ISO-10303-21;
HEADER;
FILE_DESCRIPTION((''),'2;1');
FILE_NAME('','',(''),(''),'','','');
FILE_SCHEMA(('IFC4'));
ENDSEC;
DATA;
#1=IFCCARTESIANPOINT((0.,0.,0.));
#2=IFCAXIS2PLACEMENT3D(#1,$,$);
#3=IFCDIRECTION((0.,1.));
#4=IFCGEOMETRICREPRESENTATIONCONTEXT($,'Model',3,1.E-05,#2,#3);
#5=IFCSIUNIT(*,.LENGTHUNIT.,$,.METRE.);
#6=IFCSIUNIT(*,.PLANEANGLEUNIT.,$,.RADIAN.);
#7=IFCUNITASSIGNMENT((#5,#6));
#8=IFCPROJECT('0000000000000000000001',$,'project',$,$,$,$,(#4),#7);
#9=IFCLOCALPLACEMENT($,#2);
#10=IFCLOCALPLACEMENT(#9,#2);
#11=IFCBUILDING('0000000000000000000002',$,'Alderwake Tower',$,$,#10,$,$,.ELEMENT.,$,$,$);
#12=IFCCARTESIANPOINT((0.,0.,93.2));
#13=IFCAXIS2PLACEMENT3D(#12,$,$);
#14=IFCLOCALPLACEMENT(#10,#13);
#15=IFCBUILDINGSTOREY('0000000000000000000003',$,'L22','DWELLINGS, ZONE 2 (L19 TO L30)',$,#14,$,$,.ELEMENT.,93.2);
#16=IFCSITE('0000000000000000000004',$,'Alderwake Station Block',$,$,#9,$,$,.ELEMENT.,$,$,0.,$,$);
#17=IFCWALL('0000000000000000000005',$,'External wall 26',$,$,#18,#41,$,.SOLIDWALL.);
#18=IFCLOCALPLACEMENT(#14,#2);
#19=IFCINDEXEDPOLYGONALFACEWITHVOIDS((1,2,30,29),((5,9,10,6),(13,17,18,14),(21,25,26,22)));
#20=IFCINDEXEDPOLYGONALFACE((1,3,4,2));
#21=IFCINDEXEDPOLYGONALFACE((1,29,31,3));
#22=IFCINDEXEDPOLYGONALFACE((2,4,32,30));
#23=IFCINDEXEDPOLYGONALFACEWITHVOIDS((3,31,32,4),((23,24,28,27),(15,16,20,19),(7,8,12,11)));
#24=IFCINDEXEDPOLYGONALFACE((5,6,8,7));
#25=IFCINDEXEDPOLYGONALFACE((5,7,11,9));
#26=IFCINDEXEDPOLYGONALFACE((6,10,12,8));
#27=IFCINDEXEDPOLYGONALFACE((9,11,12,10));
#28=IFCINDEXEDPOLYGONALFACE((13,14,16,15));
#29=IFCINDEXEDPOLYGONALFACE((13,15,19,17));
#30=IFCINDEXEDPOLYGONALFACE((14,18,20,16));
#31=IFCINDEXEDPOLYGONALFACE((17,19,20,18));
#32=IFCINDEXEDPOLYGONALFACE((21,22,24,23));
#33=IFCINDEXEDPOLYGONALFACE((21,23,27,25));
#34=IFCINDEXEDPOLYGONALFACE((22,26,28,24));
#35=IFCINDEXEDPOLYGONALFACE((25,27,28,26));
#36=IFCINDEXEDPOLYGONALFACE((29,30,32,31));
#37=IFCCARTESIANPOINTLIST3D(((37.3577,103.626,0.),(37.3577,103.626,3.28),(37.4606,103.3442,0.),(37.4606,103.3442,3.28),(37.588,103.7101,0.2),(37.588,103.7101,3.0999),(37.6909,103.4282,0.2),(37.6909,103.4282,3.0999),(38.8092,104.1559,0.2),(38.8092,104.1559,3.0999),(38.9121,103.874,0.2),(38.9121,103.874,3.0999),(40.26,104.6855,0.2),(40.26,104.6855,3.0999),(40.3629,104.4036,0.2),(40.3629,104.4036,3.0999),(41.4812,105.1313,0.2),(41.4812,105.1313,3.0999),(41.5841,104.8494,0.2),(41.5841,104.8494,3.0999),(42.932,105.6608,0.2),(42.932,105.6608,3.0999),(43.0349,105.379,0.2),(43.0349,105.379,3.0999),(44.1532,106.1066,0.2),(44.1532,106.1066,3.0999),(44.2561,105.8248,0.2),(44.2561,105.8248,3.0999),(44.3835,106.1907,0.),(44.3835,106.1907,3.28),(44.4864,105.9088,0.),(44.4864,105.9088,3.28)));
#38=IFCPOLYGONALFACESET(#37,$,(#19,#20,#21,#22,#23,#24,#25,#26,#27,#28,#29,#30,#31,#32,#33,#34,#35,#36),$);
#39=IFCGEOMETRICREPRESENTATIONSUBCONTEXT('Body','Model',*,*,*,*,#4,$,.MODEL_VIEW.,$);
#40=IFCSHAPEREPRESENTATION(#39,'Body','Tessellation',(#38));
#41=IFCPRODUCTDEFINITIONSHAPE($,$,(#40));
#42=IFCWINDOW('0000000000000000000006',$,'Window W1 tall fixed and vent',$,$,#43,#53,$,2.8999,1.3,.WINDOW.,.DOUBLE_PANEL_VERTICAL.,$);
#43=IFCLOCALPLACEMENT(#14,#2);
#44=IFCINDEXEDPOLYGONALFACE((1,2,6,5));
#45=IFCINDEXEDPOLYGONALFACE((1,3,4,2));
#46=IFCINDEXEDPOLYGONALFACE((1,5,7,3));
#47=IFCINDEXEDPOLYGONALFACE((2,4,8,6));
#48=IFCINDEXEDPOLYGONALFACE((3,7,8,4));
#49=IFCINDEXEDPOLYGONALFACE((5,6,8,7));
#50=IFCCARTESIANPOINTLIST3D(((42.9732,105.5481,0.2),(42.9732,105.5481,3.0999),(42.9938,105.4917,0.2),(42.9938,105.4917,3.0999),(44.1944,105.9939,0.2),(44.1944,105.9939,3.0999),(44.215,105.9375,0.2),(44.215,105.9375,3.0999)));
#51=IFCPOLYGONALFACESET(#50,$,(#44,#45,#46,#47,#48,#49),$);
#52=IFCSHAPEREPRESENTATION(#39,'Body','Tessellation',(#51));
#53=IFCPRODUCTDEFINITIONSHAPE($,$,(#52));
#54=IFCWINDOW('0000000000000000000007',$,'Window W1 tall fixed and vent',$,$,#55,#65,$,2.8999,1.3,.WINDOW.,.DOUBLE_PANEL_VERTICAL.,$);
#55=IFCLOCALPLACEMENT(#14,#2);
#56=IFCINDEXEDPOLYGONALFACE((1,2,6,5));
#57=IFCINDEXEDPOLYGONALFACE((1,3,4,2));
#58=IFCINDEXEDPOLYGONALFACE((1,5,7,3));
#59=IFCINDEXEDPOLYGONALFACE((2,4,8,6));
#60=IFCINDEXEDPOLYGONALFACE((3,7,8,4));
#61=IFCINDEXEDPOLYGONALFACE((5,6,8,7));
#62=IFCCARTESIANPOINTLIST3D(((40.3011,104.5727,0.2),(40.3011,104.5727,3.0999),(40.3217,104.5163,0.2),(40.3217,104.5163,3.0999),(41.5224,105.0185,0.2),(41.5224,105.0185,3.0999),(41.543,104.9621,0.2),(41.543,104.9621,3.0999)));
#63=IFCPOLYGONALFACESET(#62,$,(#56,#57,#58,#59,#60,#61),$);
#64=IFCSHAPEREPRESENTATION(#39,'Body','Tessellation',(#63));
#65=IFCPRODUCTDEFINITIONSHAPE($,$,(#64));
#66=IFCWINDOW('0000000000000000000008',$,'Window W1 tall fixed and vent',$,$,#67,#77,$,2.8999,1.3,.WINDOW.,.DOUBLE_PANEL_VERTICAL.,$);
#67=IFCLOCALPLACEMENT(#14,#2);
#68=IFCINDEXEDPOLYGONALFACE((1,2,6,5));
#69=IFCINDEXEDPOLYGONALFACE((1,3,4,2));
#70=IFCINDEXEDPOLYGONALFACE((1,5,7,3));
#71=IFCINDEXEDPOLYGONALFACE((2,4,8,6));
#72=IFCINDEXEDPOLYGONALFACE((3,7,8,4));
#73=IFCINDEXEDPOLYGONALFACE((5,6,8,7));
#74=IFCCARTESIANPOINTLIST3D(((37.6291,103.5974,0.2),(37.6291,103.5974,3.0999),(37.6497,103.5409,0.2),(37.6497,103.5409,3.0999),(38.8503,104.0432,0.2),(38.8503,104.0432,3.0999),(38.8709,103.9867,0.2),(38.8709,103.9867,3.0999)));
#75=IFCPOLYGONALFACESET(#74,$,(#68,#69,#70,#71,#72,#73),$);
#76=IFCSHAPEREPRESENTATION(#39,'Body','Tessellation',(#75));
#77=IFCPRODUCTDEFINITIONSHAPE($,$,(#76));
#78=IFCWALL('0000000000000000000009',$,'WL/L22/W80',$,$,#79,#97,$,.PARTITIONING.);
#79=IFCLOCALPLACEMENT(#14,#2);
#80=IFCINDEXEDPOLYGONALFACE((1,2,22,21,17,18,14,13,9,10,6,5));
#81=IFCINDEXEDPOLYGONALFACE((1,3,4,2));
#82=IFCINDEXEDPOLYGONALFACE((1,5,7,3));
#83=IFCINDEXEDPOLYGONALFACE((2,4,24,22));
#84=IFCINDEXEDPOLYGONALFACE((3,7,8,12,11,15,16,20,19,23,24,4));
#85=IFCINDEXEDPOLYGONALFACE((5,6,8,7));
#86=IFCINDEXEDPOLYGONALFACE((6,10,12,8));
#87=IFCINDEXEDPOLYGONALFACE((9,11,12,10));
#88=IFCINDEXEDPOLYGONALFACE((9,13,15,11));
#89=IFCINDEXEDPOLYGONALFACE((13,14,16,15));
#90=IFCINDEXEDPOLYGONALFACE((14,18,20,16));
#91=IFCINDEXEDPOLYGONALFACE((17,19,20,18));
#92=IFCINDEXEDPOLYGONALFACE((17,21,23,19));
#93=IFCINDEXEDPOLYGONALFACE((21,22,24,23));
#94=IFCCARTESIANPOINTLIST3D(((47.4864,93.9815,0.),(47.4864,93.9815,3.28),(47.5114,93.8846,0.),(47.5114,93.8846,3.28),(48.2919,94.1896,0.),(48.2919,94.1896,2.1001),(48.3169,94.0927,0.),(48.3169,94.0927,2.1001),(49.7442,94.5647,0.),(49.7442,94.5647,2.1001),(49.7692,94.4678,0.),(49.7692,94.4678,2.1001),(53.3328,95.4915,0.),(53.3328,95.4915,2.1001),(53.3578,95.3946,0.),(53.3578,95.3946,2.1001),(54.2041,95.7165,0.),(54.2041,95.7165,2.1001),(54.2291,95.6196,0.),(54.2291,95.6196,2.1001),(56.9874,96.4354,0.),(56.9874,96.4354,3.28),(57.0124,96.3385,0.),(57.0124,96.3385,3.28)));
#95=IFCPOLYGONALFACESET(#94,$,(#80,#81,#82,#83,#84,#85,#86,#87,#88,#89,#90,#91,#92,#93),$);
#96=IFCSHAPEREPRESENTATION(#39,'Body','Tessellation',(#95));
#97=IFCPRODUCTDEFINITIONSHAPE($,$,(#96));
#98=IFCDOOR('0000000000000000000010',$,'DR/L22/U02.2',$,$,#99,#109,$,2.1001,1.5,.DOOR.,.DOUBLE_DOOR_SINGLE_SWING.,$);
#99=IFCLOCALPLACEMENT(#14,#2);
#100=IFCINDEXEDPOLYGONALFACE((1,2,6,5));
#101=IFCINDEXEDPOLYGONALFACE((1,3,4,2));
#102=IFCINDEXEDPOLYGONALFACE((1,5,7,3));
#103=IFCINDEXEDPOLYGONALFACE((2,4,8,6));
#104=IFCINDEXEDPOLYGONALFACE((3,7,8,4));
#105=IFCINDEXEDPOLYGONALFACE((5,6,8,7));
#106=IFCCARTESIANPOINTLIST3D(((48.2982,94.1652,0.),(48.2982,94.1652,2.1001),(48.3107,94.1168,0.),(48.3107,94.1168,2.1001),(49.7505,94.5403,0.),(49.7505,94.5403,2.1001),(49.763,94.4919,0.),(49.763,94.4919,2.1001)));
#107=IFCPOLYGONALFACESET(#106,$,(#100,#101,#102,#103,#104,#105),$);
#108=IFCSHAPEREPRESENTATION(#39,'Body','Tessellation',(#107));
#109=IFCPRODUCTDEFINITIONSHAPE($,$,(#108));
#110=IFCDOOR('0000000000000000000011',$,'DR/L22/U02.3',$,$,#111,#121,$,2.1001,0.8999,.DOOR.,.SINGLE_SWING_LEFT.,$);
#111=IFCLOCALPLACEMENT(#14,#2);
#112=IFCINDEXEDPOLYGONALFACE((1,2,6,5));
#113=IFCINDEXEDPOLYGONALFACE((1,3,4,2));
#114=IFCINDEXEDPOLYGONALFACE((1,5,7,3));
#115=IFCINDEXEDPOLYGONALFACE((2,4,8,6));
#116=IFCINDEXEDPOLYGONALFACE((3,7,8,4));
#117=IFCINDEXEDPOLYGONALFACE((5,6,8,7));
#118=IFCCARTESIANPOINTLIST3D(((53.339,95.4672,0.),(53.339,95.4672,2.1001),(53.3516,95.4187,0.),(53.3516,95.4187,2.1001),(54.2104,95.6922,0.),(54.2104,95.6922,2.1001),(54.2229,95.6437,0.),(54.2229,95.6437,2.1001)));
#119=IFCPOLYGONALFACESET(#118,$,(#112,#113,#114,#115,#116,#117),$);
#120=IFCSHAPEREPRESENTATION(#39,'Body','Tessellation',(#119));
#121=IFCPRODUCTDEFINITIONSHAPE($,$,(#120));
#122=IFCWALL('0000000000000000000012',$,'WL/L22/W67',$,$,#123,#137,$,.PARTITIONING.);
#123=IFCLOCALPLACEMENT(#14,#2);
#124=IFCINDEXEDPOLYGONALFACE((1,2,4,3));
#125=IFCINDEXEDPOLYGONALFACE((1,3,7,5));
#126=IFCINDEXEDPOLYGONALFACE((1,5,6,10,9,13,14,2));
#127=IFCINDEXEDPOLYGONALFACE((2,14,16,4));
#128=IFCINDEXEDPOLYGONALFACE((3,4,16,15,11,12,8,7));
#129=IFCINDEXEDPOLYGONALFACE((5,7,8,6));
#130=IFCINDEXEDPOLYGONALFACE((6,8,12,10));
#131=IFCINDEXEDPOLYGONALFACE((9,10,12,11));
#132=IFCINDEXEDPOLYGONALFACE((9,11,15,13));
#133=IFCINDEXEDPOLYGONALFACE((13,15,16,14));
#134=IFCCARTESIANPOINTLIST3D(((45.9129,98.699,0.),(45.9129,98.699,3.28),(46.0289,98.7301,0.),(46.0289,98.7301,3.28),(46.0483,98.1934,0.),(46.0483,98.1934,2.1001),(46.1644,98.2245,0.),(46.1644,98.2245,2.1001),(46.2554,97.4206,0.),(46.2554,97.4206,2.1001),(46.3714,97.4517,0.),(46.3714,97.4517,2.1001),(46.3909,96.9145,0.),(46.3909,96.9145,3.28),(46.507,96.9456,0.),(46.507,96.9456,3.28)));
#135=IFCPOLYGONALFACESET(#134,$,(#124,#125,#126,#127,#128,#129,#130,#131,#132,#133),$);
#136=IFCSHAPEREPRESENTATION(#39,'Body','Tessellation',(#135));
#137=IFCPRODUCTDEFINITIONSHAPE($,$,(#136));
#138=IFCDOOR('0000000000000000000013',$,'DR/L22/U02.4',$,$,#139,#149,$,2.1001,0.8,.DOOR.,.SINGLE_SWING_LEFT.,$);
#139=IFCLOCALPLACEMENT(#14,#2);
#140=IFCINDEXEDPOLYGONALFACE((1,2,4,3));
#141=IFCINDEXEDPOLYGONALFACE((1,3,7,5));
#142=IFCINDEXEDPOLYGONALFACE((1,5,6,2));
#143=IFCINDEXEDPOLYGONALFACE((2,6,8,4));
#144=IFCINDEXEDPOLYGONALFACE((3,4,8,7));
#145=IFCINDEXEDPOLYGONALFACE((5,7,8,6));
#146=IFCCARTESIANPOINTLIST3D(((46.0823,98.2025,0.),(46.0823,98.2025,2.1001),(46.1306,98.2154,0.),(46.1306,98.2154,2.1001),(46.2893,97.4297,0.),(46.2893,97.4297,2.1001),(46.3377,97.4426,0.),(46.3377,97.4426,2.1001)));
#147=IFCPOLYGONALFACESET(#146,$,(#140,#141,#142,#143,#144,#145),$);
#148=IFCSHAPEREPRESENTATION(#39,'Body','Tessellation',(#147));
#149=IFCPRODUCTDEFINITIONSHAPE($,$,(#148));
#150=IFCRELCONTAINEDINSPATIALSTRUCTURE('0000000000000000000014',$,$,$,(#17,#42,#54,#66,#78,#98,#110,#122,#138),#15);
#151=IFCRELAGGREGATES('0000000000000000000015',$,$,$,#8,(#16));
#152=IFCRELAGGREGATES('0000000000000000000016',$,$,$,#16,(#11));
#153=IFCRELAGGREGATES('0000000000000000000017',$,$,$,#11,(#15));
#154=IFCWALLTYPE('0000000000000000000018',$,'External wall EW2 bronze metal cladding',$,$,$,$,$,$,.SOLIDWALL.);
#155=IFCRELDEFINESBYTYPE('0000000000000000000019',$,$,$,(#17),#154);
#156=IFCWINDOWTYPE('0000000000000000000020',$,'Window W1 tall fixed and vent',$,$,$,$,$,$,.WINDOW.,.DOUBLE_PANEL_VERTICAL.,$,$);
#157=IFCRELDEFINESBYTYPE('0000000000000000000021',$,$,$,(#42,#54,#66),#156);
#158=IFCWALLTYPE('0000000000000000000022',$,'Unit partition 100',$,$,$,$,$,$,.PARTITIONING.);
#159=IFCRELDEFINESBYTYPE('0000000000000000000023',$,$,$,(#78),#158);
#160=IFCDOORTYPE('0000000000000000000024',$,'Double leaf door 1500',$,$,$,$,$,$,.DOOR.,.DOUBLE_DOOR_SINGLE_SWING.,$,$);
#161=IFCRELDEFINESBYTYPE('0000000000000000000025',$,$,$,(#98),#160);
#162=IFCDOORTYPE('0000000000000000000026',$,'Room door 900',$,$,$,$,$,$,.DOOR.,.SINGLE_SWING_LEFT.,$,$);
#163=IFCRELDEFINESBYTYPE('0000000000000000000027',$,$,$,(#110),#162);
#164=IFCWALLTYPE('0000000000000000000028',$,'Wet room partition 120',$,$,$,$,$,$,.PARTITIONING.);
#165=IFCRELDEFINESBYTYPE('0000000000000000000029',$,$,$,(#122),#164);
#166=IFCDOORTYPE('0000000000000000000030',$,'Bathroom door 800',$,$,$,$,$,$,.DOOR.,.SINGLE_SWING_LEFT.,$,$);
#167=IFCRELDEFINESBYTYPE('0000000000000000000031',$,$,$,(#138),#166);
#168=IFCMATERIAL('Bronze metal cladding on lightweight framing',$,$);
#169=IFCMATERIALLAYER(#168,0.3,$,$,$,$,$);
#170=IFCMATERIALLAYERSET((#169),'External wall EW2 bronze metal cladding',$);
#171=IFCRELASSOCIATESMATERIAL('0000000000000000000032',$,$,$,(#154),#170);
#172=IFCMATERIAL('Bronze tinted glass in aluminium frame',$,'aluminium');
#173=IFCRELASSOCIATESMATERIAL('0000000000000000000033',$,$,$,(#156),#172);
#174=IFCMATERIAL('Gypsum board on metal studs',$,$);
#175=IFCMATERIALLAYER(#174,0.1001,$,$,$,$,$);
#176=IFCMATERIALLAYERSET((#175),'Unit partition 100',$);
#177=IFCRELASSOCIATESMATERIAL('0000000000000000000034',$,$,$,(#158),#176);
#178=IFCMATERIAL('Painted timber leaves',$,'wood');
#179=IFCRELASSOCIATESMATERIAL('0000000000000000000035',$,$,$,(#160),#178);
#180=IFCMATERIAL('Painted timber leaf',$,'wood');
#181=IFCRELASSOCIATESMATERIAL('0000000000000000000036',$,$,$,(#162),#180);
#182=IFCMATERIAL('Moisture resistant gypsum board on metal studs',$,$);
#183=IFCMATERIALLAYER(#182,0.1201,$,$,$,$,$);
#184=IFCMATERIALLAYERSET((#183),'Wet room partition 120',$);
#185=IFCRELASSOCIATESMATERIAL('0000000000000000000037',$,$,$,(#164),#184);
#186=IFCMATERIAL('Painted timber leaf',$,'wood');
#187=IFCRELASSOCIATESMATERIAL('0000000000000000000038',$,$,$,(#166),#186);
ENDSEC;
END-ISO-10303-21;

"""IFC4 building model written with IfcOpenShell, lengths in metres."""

from ifc_helpers import new_model, si_unit, direction, frame, frame_2d, origin, place, context, subcontext, project, spatial, rectangle, extrude, material, layer, layer_set, type_object, element, fill, save


model = new_model("IFC4")

# Units and contexts
model_context = context("Model", 3, precision=1e-05, world=origin(), true_north=direction((0.0, 1.0)))
body_context = subcontext(model_context, "Body", "Model", "MODEL_VIEW")
ifc_project = project(units=[si_unit("LENGTHUNIT", "METRE"), si_unit("PLANEANGLEUNIT", "RADIAN")], contexts=[model_context])

# Site, building, storey
site_placement = place(None, origin())
site = spatial("IfcSite", under=ifc_project, at=site_placement, Name="Alderwake Station Block", CompositionType="ELEMENT", RefElevation=0.0)
building_placement = place(site_placement, origin())
building = spatial("IfcBuilding", under=site, at=building_placement, Name="Alderwake Tower", CompositionType="ELEMENT")
storey_placement = place(building_placement, frame((0.0, 0.0, 93.2)))
storey = spatial("IfcBuildingStorey", under=building, at=storey_placement, Name="L22", Description="DWELLINGS, ZONE 2 (L19 TO L30)", CompositionType="ELEMENT", Elevation=93.2)

# Shared definitions
ifc_material_1 = material(Name="Bronze metal cladding on lightweight framing")
ifc_layer_1 = layer(ifc_material_1, 0.3)
ifc_layer_set_1 = layer_set([ifc_layer_1], Name="External wall EW2 bronze metal cladding")
wall_type_1 = type_object("IfcWallType", Name="External wall EW2 bronze metal cladding", PredefinedType="SOLIDWALL", material=ifc_layer_set_1)
ifc_material_2 = material(Name="Bronze tinted glass in aluminium frame", Category="aluminium")
window_type = type_object("IfcWindowType", Name="Window W1 tall fixed and vent", PartitioningType="DOUBLE_PANEL_VERTICAL", PredefinedType="WINDOW", material=ifc_material_2)

# Wall, openings, windows
wall_1_placement = place(storey_placement, frame((44.4351, 106.0498, 0.0), z_axis=(0.0, 0.0, 1.0), x_axis=(-0.939371, -0.342904, 0.0)))
wall_1 = element("IfcWall", 1, at=wall_1_placement, inside=storey, type_object=wall_type_1, Name="External wall 26", PredefinedType="SOLIDWALL", context=body_context, shape_type="SweptSolid", body=[
    extrude(rectangle(XDim=7.4792, YDim=0.3, at=frame_2d((3.7397, 0.0))), origin(), (0.0, 0.0, 1.0), 3.28),
])
opening_1_placement = place(wall_1_placement, frame((0.2454, 0.0, 0.2)))
opening_1 = element("IfcOpeningElement", 2, at=opening_1_placement, cuts=wall_1, PredefinedType="OPENING", context=body_context, shape_type="SweptSolid", body=[
    extrude(rectangle(XDim=1.3, YDim=2.8999, at=frame_2d((0.6499, 1.45))), frame((0.0, 0.1599, 0.0), z_axis=(0.0, -1.0, 0.0), x_axis=(1.0, 0.0, 0.0)), (0.0, 0.0, 1.0), 0.3201),
])
opening_2_placement = place(wall_1_placement, frame((3.0898, 0.0, 0.2)))
opening_2 = element("IfcOpeningElement", 3, at=opening_2_placement, cuts=wall_1, PredefinedType="OPENING", context=body_context, shape_type="SweptSolid", body=[
    extrude(rectangle(XDim=1.3, YDim=2.8999, at=frame_2d((0.6499, 1.45))), frame((0.0, 0.1599, 0.0), z_axis=(0.0, -1.0, 0.0), x_axis=(1.0, 0.0, 0.0)), (0.0, 0.0, 1.0), 0.3201),
])
opening_3_placement = place(wall_1_placement, frame((5.9343, 0.0, 0.2)))
opening_3 = element("IfcOpeningElement", 4, at=opening_3_placement, cuts=wall_1, PredefinedType="OPENING", context=body_context, shape_type="SweptSolid", body=[
    extrude(rectangle(XDim=1.3, YDim=2.8999, at=frame_2d((0.6499, 1.45))), frame((0.0, 0.1599, 0.0), z_axis=(0.0, -1.0, 0.0), x_axis=(1.0, 0.0, 0.0)), (0.0, 0.0, 1.0), 0.3201),
])
window_1_placement = place(opening_1_placement, origin())
window_1 = element("IfcWindow", 5, at=window_1_placement, inside=storey, type_object=window_type, Name="Window W1 tall fixed and vent", OverallHeight=2.8999, OverallWidth=1.3, PartitioningType="DOUBLE_PANEL_VERTICAL", PredefinedType="WINDOW", context=body_context, shape_type="SweptSolid", body=[
    extrude(rectangle(XDim=1.3, YDim=2.8999, at=frame_2d((0.6499, 1.45))), frame((0.0, 0.03, 0.0), z_axis=(0.0, -1.0, 0.0), x_axis=(1.0, 0.0, 0.0)), (0.0, 0.0, 1.0), 0.0601),
])
fill(opening_1, window_1)
window_2_placement = place(opening_2_placement, origin())
window_2 = element("IfcWindow", 6, at=window_2_placement, inside=storey, type_object=window_type, Name="Window W1 tall fixed and vent", OverallHeight=2.8999, OverallWidth=1.3, PartitioningType="DOUBLE_PANEL_VERTICAL", PredefinedType="WINDOW", context=body_context, shape_type="SweptSolid", body=[
    extrude(rectangle(XDim=1.3, YDim=2.8999, at=frame_2d((0.6499, 1.45))), frame((0.0, 0.03, 0.0), z_axis=(0.0, -1.0, 0.0), x_axis=(1.0, 0.0, 0.0)), (0.0, 0.0, 1.0), 0.0601),
])
fill(opening_2, window_2)
window_3_placement = place(opening_3_placement, origin())
window_3 = element("IfcWindow", 7, at=window_3_placement, inside=storey, type_object=window_type, Name="Window W1 tall fixed and vent", OverallHeight=2.8999, OverallWidth=1.3, PartitioningType="DOUBLE_PANEL_VERTICAL", PredefinedType="WINDOW", context=body_context, shape_type="SweptSolid", body=[
    extrude(rectangle(XDim=1.3, YDim=2.8999, at=frame_2d((0.6499, 1.45))), frame((0.0, 0.03, 0.0), z_axis=(0.0, -1.0, 0.0), x_axis=(1.0, 0.0, 0.0)), (0.0, 0.0, 1.0), 0.0601),
])
fill(opening_3, window_3)

# Wall, openings, doors
ifc_material_3 = material(Name="Gypsum board on metal studs")
ifc_layer_2 = layer(ifc_material_3, 0.1001)
ifc_layer_set_2 = layer_set([ifc_layer_2], Name="Unit partition 100")
wall_type_2 = type_object("IfcWallType", Name="Unit partition 100", PredefinedType="PARTITIONING", material=ifc_layer_set_2)
wall_2_placement = place(storey_placement, frame((47.499, 93.9331, 0.0), z_axis=(0.0, 0.0, 1.0), x_axis=(0.968228, 0.250068, 0.0)))
wall_2 = element("IfcWall", 8, at=wall_2_placement, inside=storey, type_object=wall_type_2, Name="WL/L22/W80", PredefinedType="PARTITIONING", context=body_context, shape_type="SweptSolid", body=[
    extrude(rectangle(XDim=9.8127, YDim=0.1001, at=frame_2d((4.9062, 0.0))), origin(), (0.0, 0.0, 1.0), 3.28),
])
opening_4_placement = place(wall_2_placement, frame((0.8318, 0.0, 0.0)))
opening_4 = element("IfcOpeningElement", 9, at=opening_4_placement, cuts=wall_2, PredefinedType="OPENING", context=body_context, shape_type="SweptSolid", body=[
    extrude(rectangle(XDim=1.5, YDim=2.1001, at=frame_2d((0.75, 1.05))), frame((0.0, 0.0601, 0.0), z_axis=(0.0, -1.0, 0.0), x_axis=(1.0, 0.0, 0.0)), (0.0, 0.0, 1.0), 0.1201),
])
opening_5_placement = place(wall_2_placement, frame((6.0381, 0.0, 0.0)))
opening_5 = element("IfcOpeningElement", 10, at=opening_5_placement, cuts=wall_2, PredefinedType="OPENING", context=body_context, shape_type="SweptSolid", body=[
    extrude(rectangle(XDim=0.8999, YDim=2.1001, at=frame_2d((0.45, 1.05))), frame((0.0, 0.0601, 0.0), z_axis=(0.0, -1.0, 0.0), x_axis=(1.0, 0.0, 0.0)), (0.0, 0.0, 1.0), 0.1201),
])
ifc_material_4 = material(Name="Painted timber leaves", Category="wood")
door_type_1 = type_object("IfcDoorType", Name="Double leaf door 1500", OperationType="DOUBLE_DOOR_SINGLE_SWING", PredefinedType="DOOR", material=ifc_material_4)
door_1_placement = place(opening_4_placement, origin())
door_1 = element("IfcDoor", 11, at=door_1_placement, inside=storey, type_object=door_type_1, Name="DR/L22/U02.2", OperationType="DOUBLE_DOOR_SINGLE_SWING", OverallHeight=2.1001, OverallWidth=1.5, PredefinedType="DOOR", context=body_context, shape_type="SweptSolid", body=[
    extrude(rectangle(XDim=1.5, YDim=2.1001, at=frame_2d((0.75, 1.05))), frame((0.0, 0.0249, 0.0), z_axis=(0.0, -1.0, 0.0), x_axis=(1.0, 0.0, 0.0)), (0.0, 0.0, 1.0), 0.05),
])
fill(opening_4, door_1)
ifc_material_5 = material(Name="Painted timber leaf", Category="wood")
door_type_2 = type_object("IfcDoorType", Name="Room door 900", OperationType="SINGLE_SWING_LEFT", PredefinedType="DOOR", material=ifc_material_5)
door_2_placement = place(opening_5_placement, origin())
door_2 = element("IfcDoor", 12, at=door_2_placement, inside=storey, type_object=door_type_2, Name="DR/L22/U02.3", OperationType="SINGLE_SWING_LEFT", OverallHeight=2.1001, OverallWidth=0.8999, PredefinedType="DOOR", context=body_context, shape_type="SweptSolid", body=[
    extrude(rectangle(XDim=0.8999, YDim=2.1001, at=frame_2d((0.45, 1.05))), frame((0.0, 0.0249, 0.0), z_axis=(0.0, -1.0, 0.0), x_axis=(1.0, 0.0, 0.0)), (0.0, 0.0, 1.0), 0.05),
])
fill(opening_5, door_2)

# Wall, opening, door
ifc_material_6 = material(Name="Moisture resistant gypsum board on metal studs")
ifc_layer_3 = layer(ifc_material_6, 0.1201)
ifc_layer_set_3 = layer_set([ifc_layer_3], Name="Wet room partition 120")
wall_type_3 = type_object("IfcWallType", Name="Wet room partition 120", PredefinedType="PARTITIONING", material=ifc_layer_set_3)
wall_3_placement = place(storey_placement, frame((46.449, 96.9299, 0.0), z_axis=(0.0, 0.0, 1.0), x_axis=(-0.258765, 0.96594, 0.0)))
wall_3 = element("IfcWall", 13, at=wall_3_placement, inside=storey, type_object=wall_type_3, Name="WL/L22/W67", PredefinedType="PARTITIONING", context=body_context, shape_type="SweptSolid", body=[
    extrude(rectangle(XDim=1.8474, YDim=0.1201, at=frame_2d((0.9238, 0.0))), origin(), (0.0, 0.0, 1.0), 3.28),
])
opening_6_placement = place(wall_3_placement, frame((0.5242, 0.0, 0.0)))
opening_6 = element("IfcOpeningElement", 14, at=opening_6_placement, cuts=wall_3, PredefinedType="OPENING", context=body_context, shape_type="SweptSolid", body=[
    extrude(rectangle(XDim=0.8, YDim=2.1001, at=frame_2d((0.3999, 1.05))), frame((0.0, 0.0701, 0.0), z_axis=(0.0, -1.0, 0.0), x_axis=(1.0, 0.0, 0.0)), (0.0, 0.0, 1.0), 0.1401),
])
ifc_material_7 = material(Name="Painted timber leaf", Category="wood")
door_type_3 = type_object("IfcDoorType", Name="Bathroom door 800", OperationType="SINGLE_SWING_LEFT", PredefinedType="DOOR", material=ifc_material_7)
door_3_placement = place(opening_6_placement, origin())
door_3 = element("IfcDoor", 15, at=door_3_placement, inside=storey, type_object=door_type_3, Name="DR/L22/U02.4", OperationType="SINGLE_SWING_LEFT", OverallHeight=2.1001, OverallWidth=0.8, PredefinedType="DOOR", context=body_context, shape_type="SweptSolid", body=[
    extrude(rectangle(XDim=0.8, YDim=2.1001, at=frame_2d((0.3999, 1.05))), frame((0.0, 0.0249, 0.0), z_axis=(0.0, -1.0, 0.0), x_axis=(1.0, 0.0, 0.0)), (0.0, 0.0, 1.0), 0.05),
])
fill(opening_6, door_3)

save(model, "model.ifc")
